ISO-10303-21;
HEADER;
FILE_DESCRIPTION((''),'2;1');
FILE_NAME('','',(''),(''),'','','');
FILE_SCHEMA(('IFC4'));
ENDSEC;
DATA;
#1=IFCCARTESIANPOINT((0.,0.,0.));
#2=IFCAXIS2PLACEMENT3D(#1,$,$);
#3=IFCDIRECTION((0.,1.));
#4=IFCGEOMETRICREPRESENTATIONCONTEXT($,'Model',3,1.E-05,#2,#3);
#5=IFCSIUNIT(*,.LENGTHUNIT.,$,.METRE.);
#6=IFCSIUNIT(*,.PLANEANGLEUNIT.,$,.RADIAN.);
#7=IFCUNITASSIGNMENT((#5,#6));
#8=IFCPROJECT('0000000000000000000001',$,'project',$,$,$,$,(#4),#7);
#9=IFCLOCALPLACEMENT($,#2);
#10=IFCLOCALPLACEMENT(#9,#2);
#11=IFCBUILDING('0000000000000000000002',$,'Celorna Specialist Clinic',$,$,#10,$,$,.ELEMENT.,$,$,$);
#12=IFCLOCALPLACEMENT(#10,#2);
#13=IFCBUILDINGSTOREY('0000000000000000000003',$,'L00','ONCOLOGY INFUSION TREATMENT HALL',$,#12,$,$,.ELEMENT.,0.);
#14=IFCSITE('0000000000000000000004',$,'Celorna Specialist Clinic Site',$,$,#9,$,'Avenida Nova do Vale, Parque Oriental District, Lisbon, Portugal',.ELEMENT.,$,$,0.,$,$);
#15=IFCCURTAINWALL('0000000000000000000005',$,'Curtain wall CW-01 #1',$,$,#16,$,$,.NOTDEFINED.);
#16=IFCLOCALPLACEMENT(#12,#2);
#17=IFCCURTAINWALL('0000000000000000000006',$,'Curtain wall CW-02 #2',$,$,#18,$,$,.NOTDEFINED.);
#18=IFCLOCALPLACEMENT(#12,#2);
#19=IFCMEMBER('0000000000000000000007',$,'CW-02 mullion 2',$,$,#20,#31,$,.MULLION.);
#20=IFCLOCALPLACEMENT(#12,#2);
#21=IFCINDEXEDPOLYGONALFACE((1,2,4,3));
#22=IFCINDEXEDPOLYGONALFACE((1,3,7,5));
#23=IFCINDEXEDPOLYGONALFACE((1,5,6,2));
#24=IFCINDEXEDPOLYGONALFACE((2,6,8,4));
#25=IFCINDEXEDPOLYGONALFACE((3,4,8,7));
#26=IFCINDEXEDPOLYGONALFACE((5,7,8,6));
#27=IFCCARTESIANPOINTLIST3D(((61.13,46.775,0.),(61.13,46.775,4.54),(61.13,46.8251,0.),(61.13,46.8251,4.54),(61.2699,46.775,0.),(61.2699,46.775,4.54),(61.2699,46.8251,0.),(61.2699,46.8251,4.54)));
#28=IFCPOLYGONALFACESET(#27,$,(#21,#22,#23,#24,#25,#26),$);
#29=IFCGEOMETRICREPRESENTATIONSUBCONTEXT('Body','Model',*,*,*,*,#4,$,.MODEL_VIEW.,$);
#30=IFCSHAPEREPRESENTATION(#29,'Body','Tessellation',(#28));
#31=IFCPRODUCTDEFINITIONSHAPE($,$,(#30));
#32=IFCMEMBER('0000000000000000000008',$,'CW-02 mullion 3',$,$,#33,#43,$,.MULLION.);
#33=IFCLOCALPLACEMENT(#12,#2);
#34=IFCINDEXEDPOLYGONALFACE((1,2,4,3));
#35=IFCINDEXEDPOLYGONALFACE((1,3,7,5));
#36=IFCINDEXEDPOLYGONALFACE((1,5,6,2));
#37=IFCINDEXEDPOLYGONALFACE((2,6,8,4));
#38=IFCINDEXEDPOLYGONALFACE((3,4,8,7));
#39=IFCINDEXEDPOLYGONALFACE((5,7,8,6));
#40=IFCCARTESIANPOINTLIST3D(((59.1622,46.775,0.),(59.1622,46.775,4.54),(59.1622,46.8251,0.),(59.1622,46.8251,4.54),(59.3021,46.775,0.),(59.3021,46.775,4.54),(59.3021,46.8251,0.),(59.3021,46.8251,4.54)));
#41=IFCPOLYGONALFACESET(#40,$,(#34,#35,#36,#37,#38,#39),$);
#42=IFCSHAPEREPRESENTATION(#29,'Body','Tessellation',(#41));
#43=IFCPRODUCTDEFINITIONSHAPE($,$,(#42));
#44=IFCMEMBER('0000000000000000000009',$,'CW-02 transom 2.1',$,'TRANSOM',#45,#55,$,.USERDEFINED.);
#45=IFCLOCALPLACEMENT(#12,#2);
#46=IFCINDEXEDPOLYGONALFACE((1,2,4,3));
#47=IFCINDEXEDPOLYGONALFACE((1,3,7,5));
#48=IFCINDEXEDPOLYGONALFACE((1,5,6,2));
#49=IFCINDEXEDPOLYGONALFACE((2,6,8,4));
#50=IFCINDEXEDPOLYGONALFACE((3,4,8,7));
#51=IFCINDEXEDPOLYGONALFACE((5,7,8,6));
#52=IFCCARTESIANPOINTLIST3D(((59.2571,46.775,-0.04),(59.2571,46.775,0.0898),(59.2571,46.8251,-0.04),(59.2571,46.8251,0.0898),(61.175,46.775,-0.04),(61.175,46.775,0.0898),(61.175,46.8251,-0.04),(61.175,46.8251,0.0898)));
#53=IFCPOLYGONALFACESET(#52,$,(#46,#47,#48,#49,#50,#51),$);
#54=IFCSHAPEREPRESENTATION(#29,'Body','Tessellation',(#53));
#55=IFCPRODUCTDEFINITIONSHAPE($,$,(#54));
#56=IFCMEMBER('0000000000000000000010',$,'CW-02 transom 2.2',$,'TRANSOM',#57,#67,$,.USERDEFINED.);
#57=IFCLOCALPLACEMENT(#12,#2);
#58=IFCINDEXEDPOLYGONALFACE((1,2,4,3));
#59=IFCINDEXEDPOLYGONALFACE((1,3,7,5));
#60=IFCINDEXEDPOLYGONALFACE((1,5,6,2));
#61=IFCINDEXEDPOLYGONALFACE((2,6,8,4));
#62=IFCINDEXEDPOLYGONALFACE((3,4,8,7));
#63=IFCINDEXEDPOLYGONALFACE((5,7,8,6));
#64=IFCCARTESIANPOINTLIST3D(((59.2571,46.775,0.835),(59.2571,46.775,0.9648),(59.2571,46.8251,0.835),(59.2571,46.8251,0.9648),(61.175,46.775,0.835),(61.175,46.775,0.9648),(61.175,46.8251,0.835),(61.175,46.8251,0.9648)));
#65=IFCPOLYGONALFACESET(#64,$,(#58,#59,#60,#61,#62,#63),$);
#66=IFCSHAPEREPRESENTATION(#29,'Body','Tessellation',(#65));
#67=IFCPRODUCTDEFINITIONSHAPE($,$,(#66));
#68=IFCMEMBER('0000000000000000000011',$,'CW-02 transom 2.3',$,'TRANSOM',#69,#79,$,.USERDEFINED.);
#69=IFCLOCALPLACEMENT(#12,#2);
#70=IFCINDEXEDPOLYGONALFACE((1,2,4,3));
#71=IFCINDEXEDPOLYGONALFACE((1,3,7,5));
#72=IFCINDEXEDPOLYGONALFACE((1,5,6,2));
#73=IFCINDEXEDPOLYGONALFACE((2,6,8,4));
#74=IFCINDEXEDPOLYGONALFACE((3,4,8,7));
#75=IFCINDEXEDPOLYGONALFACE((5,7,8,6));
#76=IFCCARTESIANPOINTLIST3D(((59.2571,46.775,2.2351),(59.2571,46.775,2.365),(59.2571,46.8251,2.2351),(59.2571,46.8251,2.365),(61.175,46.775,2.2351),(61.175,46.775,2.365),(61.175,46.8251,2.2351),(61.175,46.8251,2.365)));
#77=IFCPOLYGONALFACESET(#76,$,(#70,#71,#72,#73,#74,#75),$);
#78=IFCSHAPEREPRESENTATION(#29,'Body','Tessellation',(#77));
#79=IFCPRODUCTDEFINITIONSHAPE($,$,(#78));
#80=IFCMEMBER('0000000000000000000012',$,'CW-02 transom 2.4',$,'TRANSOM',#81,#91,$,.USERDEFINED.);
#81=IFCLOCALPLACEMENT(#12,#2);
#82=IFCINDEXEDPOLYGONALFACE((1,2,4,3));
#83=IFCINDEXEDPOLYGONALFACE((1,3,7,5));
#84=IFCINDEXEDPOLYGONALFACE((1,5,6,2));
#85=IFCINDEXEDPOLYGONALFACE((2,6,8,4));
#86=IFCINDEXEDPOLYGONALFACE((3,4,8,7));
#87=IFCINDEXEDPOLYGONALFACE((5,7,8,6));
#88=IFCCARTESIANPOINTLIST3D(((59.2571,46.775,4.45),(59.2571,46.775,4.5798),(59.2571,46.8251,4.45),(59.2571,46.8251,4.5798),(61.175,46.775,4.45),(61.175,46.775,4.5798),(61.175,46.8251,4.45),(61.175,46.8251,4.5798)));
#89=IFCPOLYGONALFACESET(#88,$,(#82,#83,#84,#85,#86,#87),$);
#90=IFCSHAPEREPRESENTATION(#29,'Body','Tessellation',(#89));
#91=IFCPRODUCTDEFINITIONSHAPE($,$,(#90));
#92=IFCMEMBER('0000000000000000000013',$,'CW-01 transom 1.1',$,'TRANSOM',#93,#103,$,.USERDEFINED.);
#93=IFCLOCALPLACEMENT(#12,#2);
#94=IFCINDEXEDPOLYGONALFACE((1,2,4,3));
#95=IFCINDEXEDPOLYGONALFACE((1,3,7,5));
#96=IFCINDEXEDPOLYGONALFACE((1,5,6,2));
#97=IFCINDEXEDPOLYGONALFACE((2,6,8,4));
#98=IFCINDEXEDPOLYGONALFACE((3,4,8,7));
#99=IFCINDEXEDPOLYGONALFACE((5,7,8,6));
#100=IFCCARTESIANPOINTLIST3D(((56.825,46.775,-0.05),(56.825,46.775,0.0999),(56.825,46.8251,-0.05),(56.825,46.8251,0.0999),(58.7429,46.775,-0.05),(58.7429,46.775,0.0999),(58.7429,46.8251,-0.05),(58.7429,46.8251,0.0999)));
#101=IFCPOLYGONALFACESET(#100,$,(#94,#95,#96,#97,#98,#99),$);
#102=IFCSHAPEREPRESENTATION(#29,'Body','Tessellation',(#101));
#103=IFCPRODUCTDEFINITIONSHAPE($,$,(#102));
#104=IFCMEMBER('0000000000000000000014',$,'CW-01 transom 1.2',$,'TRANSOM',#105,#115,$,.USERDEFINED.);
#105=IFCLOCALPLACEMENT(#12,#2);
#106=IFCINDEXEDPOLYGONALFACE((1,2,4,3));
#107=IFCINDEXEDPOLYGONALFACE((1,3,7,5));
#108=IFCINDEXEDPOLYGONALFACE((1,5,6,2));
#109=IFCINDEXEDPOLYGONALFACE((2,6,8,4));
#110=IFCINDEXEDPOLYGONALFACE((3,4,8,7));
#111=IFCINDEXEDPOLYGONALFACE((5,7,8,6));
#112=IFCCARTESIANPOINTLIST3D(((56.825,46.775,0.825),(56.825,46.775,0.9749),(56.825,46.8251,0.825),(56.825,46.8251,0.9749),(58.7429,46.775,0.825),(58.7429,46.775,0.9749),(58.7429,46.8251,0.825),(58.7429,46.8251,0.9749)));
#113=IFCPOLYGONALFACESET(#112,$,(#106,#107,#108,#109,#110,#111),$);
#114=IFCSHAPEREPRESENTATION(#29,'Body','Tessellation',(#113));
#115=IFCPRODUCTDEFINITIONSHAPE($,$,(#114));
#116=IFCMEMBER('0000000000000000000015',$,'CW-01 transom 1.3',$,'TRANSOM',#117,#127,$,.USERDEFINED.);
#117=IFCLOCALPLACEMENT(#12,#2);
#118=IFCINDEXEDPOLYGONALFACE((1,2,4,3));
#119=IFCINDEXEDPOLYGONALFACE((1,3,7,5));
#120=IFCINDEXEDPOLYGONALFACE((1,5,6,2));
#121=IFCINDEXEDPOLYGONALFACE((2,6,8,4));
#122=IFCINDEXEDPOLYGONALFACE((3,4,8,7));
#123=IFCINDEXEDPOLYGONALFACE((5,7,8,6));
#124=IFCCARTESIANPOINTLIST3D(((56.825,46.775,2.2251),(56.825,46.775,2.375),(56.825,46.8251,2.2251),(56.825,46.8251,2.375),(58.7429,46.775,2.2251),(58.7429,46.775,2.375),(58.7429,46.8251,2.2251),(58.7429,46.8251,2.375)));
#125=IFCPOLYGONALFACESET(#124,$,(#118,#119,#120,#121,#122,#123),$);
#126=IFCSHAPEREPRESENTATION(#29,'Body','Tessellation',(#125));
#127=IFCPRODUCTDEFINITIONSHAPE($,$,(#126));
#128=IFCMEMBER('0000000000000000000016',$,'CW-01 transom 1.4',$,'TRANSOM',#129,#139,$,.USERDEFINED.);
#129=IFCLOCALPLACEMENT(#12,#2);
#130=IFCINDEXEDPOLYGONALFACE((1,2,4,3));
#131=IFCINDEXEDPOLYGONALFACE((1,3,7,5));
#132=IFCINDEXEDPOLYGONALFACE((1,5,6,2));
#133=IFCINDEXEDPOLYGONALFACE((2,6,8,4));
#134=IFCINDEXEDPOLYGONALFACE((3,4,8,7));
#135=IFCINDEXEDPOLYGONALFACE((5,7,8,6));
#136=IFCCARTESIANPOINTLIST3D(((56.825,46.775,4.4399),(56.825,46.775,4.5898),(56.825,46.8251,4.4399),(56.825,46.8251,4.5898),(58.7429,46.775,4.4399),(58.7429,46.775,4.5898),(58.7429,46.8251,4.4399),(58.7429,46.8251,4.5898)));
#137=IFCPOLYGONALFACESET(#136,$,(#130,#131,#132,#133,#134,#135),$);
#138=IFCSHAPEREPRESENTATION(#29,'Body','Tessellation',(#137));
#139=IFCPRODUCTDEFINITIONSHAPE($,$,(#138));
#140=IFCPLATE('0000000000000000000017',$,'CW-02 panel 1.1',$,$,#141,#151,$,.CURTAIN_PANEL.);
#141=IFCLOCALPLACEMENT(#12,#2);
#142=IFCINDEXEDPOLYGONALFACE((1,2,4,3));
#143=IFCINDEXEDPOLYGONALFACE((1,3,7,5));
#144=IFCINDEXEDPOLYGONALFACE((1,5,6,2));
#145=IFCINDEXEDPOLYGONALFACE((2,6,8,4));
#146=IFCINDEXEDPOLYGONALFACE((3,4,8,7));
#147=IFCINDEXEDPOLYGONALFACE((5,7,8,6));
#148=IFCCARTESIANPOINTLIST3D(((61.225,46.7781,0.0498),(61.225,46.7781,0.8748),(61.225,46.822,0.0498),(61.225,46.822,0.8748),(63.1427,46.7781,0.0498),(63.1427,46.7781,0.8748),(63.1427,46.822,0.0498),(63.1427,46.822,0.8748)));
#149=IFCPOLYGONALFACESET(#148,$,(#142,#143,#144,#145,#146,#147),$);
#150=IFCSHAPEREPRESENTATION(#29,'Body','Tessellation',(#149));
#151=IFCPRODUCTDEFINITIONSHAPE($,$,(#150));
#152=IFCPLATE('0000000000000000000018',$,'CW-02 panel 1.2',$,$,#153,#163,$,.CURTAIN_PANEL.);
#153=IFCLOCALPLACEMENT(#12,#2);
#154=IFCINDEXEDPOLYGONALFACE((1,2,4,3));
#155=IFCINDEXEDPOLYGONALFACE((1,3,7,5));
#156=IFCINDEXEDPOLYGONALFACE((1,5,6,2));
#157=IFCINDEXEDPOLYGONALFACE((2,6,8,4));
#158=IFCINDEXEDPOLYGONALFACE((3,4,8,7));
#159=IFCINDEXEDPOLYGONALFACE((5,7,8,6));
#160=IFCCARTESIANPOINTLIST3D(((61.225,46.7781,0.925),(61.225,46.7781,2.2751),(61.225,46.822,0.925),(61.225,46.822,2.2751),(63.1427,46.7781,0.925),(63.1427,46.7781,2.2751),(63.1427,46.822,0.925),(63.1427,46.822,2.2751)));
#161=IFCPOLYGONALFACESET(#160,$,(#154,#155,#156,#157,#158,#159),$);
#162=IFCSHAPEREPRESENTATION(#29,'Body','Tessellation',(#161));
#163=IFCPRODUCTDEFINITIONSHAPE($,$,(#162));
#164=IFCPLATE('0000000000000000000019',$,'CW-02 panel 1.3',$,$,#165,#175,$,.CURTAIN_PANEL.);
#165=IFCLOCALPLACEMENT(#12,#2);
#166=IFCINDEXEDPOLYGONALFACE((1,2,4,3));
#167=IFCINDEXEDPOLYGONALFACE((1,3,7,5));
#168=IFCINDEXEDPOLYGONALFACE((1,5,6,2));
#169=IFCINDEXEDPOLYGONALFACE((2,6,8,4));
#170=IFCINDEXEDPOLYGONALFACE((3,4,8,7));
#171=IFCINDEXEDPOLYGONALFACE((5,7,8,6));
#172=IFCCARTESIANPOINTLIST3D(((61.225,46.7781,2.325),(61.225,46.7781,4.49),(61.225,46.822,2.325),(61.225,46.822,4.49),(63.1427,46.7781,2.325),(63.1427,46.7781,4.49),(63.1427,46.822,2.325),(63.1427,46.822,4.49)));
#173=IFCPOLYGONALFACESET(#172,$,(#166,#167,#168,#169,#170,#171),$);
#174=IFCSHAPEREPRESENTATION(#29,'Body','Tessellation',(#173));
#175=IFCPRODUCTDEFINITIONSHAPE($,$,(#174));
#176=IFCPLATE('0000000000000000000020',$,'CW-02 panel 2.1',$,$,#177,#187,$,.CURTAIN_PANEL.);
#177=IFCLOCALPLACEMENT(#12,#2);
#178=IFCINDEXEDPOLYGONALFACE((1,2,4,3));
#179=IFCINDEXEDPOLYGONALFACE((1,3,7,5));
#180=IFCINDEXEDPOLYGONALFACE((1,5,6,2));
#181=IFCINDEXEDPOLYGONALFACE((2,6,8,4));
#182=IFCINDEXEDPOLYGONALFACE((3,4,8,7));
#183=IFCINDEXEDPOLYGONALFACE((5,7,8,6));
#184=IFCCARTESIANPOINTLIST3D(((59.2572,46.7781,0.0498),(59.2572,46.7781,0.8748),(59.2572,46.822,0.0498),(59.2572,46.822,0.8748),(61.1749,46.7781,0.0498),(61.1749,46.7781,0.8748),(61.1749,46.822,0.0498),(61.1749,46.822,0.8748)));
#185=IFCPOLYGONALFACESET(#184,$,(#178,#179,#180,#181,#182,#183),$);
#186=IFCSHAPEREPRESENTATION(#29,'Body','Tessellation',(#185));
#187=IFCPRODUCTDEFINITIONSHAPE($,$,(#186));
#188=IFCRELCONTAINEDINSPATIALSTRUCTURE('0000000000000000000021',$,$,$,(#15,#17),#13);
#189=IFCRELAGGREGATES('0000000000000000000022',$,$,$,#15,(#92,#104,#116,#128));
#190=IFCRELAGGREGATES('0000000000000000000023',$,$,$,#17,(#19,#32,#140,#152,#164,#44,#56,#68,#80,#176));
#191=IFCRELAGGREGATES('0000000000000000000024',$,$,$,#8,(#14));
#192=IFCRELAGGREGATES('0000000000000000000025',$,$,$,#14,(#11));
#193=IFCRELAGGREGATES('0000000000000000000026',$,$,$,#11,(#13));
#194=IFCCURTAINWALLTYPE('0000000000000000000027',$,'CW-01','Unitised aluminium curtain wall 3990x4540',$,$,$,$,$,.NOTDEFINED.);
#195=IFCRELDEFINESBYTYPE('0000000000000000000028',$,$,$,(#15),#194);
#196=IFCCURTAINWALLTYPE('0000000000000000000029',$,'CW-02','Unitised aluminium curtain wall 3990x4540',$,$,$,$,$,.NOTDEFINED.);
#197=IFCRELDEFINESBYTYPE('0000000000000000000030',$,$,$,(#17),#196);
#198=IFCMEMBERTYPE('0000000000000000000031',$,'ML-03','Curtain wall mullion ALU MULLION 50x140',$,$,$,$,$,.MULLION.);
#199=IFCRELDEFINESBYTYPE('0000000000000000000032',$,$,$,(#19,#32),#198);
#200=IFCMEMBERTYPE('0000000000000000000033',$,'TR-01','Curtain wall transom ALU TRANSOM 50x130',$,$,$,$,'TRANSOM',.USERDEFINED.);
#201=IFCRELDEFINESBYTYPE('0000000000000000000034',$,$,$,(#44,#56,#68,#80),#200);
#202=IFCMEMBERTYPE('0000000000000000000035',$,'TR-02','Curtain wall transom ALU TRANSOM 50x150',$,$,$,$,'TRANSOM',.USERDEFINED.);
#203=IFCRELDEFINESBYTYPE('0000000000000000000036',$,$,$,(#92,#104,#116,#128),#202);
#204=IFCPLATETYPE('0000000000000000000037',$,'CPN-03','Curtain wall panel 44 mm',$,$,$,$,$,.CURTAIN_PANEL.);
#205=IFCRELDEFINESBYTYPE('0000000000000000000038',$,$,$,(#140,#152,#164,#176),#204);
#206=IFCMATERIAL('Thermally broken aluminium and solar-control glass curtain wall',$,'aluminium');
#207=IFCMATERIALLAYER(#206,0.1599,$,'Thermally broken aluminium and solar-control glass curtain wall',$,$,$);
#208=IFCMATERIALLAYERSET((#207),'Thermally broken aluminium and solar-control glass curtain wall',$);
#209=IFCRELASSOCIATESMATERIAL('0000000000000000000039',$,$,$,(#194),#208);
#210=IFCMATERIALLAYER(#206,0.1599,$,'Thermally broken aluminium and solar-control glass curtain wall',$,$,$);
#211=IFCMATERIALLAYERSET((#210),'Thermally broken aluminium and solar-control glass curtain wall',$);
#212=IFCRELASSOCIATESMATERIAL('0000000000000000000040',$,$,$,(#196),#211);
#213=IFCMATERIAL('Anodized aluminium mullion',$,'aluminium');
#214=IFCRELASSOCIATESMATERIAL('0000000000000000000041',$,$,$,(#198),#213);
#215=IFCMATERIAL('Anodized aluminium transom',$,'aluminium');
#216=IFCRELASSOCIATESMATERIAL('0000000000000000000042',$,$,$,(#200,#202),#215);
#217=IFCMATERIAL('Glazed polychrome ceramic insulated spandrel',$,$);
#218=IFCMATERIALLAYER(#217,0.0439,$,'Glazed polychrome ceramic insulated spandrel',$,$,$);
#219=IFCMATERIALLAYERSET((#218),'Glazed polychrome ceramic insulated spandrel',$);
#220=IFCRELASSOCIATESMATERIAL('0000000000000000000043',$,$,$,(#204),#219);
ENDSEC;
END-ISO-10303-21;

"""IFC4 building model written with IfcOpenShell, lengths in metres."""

from ifc_helpers import new_model, si_unit, direction, frame, origin, origin_2d, place, context, subcontext, project, spatial, rectangle, extrude, material, layer, layer_set, material_profile, profile_set, type_object, element, aggregate, save


model = new_model("IFC4")

# Units and contexts
model_context = context("Model", 3, precision=1e-05, world=origin(), true_north=direction((0.0, 1.0)))
body_context = subcontext(model_context, "Body", "Model", "MODEL_VIEW")
ifc_project = project(units=[si_unit("LENGTHUNIT", "METRE"), si_unit("PLANEANGLEUNIT", "RADIAN")], contexts=[model_context])

# Site, building, storey
site_placement = place(None, origin())
site = spatial("IfcSite", under=ifc_project, at=site_placement, Name="Celorna Specialist Clinic Site", LongName="Avenida Nova do Vale, Parque Oriental District, Lisbon, Portugal", CompositionType="ELEMENT", RefElevation=0.0)
building_placement = place(site_placement, origin())
building = spatial("IfcBuilding", under=site, at=building_placement, Name="Celorna Specialist Clinic", CompositionType="ELEMENT")
storey_placement = place(building_placement, origin())
storey = spatial("IfcBuildingStorey", under=building, at=storey_placement, Name="L00", Description="ONCOLOGY INFUSION TREATMENT HALL", CompositionType="ELEMENT", Elevation=0.0)

# Curtain wall
ifc_material_1 = material(Name="Thermally broken aluminium and solar-control glass curtain wall", Category="aluminium")
ifc_layer_1 = layer(ifc_material_1, 0.1599, Name="Thermally broken aluminium and solar-control glass curtain wall")
ifc_layer_set_1 = layer_set([ifc_layer_1], Name="Thermally broken aluminium and solar-control glass curtain wall")
curtain_wall_type_1 = type_object("IfcCurtainWallType", Name="CW-01", Description="Unitised aluminium curtain wall 3990x4540", PredefinedType="NOTDEFINED", material=ifc_layer_set_1)
curtain_wall_1_placement = place(storey_placement, origin())
curtain_wall_1 = element("IfcCurtainWall", 1, at=curtain_wall_1_placement, inside=storey, type_object=curtain_wall_type_1, Name="Curtain wall CW-01 #1", PredefinedType="NOTDEFINED")
ifc_material_2 = material(Name="Anodized aluminium mullion", Category="aluminium")

# Curtain wall, members
ifc_layer_2 = layer(ifc_material_1, 0.1599, Name="Thermally broken aluminium and solar-control glass curtain wall")
ifc_layer_set_2 = layer_set([ifc_layer_2], Name="Thermally broken aluminium and solar-control glass curtain wall")
curtain_wall_type_2 = type_object("IfcCurtainWallType", Name="CW-02", Description="Unitised aluminium curtain wall 3990x4540", PredefinedType="NOTDEFINED", material=ifc_layer_set_2)
curtain_wall_2_placement = place(storey_placement, origin())
curtain_wall_2 = element("IfcCurtainWall", 2, at=curtain_wall_2_placement, inside=storey, type_object=curtain_wall_type_2, Name="Curtain wall CW-02 #2", PredefinedType="NOTDEFINED")
ifc_material_profile_1 = material_profile(ifc_material_2, rectangle(XDim=0.05, YDim=0.1399, at=origin_2d()), Name="ALU MULLION 50x140")
ifc_profile_set_1 = profile_set([ifc_material_profile_1], Name="Anodized aluminium mullion")
member_type_1 = type_object("IfcMemberType", Name="ML-03", Description="Curtain wall mullion ALU MULLION 50x140", PredefinedType="MULLION", material=ifc_profile_set_1)
member_1_placement = place(storey_placement, frame((61.2, 46.8, 0.0), z_axis=(0.0, 0.0, 1.0), x_axis=(0.0, -1.0, 0.0)))
member_1 = element("IfcMember", 3, at=member_1_placement, type_object=member_type_1, Name="CW-02 mullion 2", PredefinedType="MULLION", context=body_context, shape_type="SweptSolid", body=[
    extrude(rectangle(XDim=0.05, YDim=0.1399, at=origin_2d()), origin(), (0.0, 0.0, 1.0), 4.54),
])
member_2_placement = place(storey_placement, frame((59.2322, 46.8, 0.0), z_axis=(0.0, 0.0, 1.0), x_axis=(0.0, -1.0, 0.0)))
member_2 = element("IfcMember", 4, at=member_2_placement, type_object=member_type_1, Name="CW-02 mullion 3", PredefinedType="MULLION", context=body_context, shape_type="SweptSolid", body=[
    extrude(rectangle(XDim=0.05, YDim=0.1399, at=origin_2d()), origin(), (0.0, 0.0, 1.0), 4.54),
])
ifc_material_3 = material(Name="Anodized aluminium transom", Category="aluminium")
ifc_material_profile_2 = material_profile(ifc_material_3, rectangle(XDim=0.05, YDim=0.1299, at=origin_2d()), Name="ALU TRANSOM 50x130")
ifc_profile_set_2 = profile_set([ifc_material_profile_2], Name="Anodized aluminium transom")
member_type_2 = type_object("IfcMemberType", Name="TR-01", Description="Curtain wall transom ALU TRANSOM 50x130", ElementType="TRANSOM", PredefinedType="USERDEFINED", material=ifc_profile_set_2)
member_3_placement = place(storey_placement, frame((61.175, 46.8, 0.0249), z_axis=(-1.0, 0.0, 0.0), x_axis=(0.0, -1.0, 0.0)))
member_3 = element("IfcMember", 5, at=member_3_placement, type_object=member_type_2, Name="CW-02 transom 2.1", ObjectType="TRANSOM", PredefinedType="USERDEFINED", context=body_context, shape_type="SweptSolid", body=[
    extrude(rectangle(XDim=0.05, YDim=0.1299, at=origin_2d()), origin(), (0.0, 0.0, 1.0), 1.918),
])
member_4_placement = place(storey_placement, frame((61.175, 46.8, 0.8999), z_axis=(-1.0, 0.0, 0.0), x_axis=(0.0, -1.0, 0.0)))
member_4 = element("IfcMember", 6, at=member_4_placement, type_object=member_type_2, Name="CW-02 transom 2.2", ObjectType="TRANSOM", PredefinedType="USERDEFINED", context=body_context, shape_type="SweptSolid", body=[
    extrude(rectangle(XDim=0.05, YDim=0.1299, at=origin_2d()), origin(), (0.0, 0.0, 1.0), 1.918),
])
member_5_placement = place(storey_placement, frame((61.175, 46.8, 2.3), z_axis=(-1.0, 0.0, 0.0), x_axis=(0.0, -1.0, 0.0)))
member_5 = element("IfcMember", 7, at=member_5_placement, type_object=member_type_2, Name="CW-02 transom 2.3", ObjectType="TRANSOM", PredefinedType="USERDEFINED", context=body_context, shape_type="SweptSolid", body=[
    extrude(rectangle(XDim=0.05, YDim=0.1299, at=origin_2d()), origin(), (0.0, 0.0, 1.0), 1.918),
])
member_6_placement = place(storey_placement, frame((61.175, 46.8, 4.5149), z_axis=(-1.0, 0.0, 0.0), x_axis=(0.0, -1.0, 0.0)))
member_6 = element("IfcMember", 8, at=member_6_placement, type_object=member_type_2, Name="CW-02 transom 2.4", ObjectType="TRANSOM", PredefinedType="USERDEFINED", context=body_context, shape_type="SweptSolid", body=[
    extrude(rectangle(XDim=0.05, YDim=0.1299, at=origin_2d()), origin(), (0.0, 0.0, 1.0), 1.918),
])

# Members
ifc_material_profile_3 = material_profile(ifc_material_3, rectangle(XDim=0.05, YDim=0.1499, at=origin_2d()), Name="ALU TRANSOM 50x150")
ifc_profile_set_3 = profile_set([ifc_material_profile_3], Name="Anodized aluminium transom")
member_type_3 = type_object("IfcMemberType", Name="TR-02", Description="Curtain wall transom ALU TRANSOM 50x150", ElementType="TRANSOM", PredefinedType="USERDEFINED", material=ifc_profile_set_3)
member_7_placement = place(storey_placement, frame((58.7429, 46.8, 0.0249), z_axis=(-1.0, 0.0, 0.0), x_axis=(0.0, -1.0, 0.0)))
member_7 = element("IfcMember", 9, at=member_7_placement, type_object=member_type_3, Name="CW-01 transom 1.1", ObjectType="TRANSOM", PredefinedType="USERDEFINED", context=body_context, shape_type="SweptSolid", body=[
    extrude(rectangle(XDim=0.05, YDim=0.1499, at=origin_2d()), origin(), (0.0, 0.0, 1.0), 1.918),
])
member_8_placement = place(storey_placement, frame((58.7429, 46.8, 0.8999), z_axis=(-1.0, 0.0, 0.0), x_axis=(0.0, -1.0, 0.0)))
member_8 = element("IfcMember", 10, at=member_8_placement, type_object=member_type_3, Name="CW-01 transom 1.2", ObjectType="TRANSOM", PredefinedType="USERDEFINED", context=body_context, shape_type="SweptSolid", body=[
    extrude(rectangle(XDim=0.05, YDim=0.1499, at=origin_2d()), origin(), (0.0, 0.0, 1.0), 1.918),
])
member_9_placement = place(storey_placement, frame((58.7429, 46.8, 2.3), z_axis=(-1.0, 0.0, 0.0), x_axis=(0.0, -1.0, 0.0)))
member_9 = element("IfcMember", 11, at=member_9_placement, type_object=member_type_3, Name="CW-01 transom 1.3", ObjectType="TRANSOM", PredefinedType="USERDEFINED", context=body_context, shape_type="SweptSolid", body=[
    extrude(rectangle(XDim=0.05, YDim=0.1499, at=origin_2d()), origin(), (0.0, 0.0, 1.0), 1.918),
])
member_10_placement = place(storey_placement, frame((58.7429, 46.8, 4.5149), z_axis=(-1.0, 0.0, 0.0), x_axis=(0.0, -1.0, 0.0)))
member_10 = element("IfcMember", 12, at=member_10_placement, type_object=member_type_3, Name="CW-01 transom 1.4", ObjectType="TRANSOM", PredefinedType="USERDEFINED", context=body_context, shape_type="SweptSolid", body=[
    extrude(rectangle(XDim=0.05, YDim=0.1499, at=origin_2d()), origin(), (0.0, 0.0, 1.0), 1.918),
])
aggregate(curtain_wall_1, [member_7, member_8, member_9, member_10])

# Plates
ifc_material_4 = material(Name="Glazed polychrome ceramic insulated spandrel")
ifc_layer_3 = layer(ifc_material_4, 0.0439, Name="Glazed polychrome ceramic insulated spandrel")
ifc_layer_set_3 = layer_set([ifc_layer_3], Name="Glazed polychrome ceramic insulated spandrel")
plate_type = type_object("IfcPlateType", Name="CPN-03", Description="Curtain wall panel 44 mm", PredefinedType="CURTAIN_PANEL", material=ifc_layer_set_3)
plate_1_placement = place(storey_placement, frame((62.1838, 46.8, 0.0498), z_axis=(0.0, 0.0, 1.0), x_axis=(-1.0, 0.0, 0.0)))
plate_1 = element("IfcPlate", 13, at=plate_1_placement, type_object=plate_type, Name="CW-02 panel 1.1", PredefinedType="CURTAIN_PANEL", context=body_context, shape_type="SweptSolid", body=[
    extrude(rectangle(XDim=1.9177, YDim=0.0439, at=origin_2d()), origin(), (0.0, 0.0, 1.0), 0.825),
])
plate_2_placement = place(storey_placement, frame((62.1838, 46.8, 0.925), z_axis=(0.0, 0.0, 1.0), x_axis=(-1.0, 0.0, 0.0)))
plate_2 = element("IfcPlate", 14, at=plate_2_placement, type_object=plate_type, Name="CW-02 panel 1.2", PredefinedType="CURTAIN_PANEL", context=body_context, shape_type="SweptSolid", body=[
    extrude(rectangle(XDim=1.9177, YDim=0.0439, at=origin_2d()), origin(), (0.0, 0.0, 1.0), 1.3501),
])
plate_3_placement = place(storey_placement, frame((62.1838, 46.8, 2.325), z_axis=(0.0, 0.0, 1.0), x_axis=(-1.0, 0.0, 0.0)))
plate_3 = element("IfcPlate", 15, at=plate_3_placement, type_object=plate_type, Name="CW-02 panel 1.3", PredefinedType="CURTAIN_PANEL", context=body_context, shape_type="SweptSolid", body=[
    extrude(rectangle(XDim=1.9177, YDim=0.0439, at=origin_2d()), origin(), (0.0, 0.0, 1.0), 2.165),
])
plate_4_placement = place(storey_placement, frame((60.2161, 46.8, 0.0498), z_axis=(0.0, 0.0, 1.0), x_axis=(-1.0, 0.0, 0.0)))
plate_4 = element("IfcPlate", 16, at=plate_4_placement, type_object=plate_type, Name="CW-02 panel 2.1", PredefinedType="CURTAIN_PANEL", context=body_context, shape_type="SweptSolid", body=[
    extrude(rectangle(XDim=1.9177, YDim=0.0439, at=origin_2d()), origin(), (0.0, 0.0, 1.0), 0.825),
])
aggregate(curtain_wall_2, [member_1, member_2, plate_1, plate_2, plate_3, member_3, member_4, member_5, member_6, plate_4])

save(model, "model.ifc")
